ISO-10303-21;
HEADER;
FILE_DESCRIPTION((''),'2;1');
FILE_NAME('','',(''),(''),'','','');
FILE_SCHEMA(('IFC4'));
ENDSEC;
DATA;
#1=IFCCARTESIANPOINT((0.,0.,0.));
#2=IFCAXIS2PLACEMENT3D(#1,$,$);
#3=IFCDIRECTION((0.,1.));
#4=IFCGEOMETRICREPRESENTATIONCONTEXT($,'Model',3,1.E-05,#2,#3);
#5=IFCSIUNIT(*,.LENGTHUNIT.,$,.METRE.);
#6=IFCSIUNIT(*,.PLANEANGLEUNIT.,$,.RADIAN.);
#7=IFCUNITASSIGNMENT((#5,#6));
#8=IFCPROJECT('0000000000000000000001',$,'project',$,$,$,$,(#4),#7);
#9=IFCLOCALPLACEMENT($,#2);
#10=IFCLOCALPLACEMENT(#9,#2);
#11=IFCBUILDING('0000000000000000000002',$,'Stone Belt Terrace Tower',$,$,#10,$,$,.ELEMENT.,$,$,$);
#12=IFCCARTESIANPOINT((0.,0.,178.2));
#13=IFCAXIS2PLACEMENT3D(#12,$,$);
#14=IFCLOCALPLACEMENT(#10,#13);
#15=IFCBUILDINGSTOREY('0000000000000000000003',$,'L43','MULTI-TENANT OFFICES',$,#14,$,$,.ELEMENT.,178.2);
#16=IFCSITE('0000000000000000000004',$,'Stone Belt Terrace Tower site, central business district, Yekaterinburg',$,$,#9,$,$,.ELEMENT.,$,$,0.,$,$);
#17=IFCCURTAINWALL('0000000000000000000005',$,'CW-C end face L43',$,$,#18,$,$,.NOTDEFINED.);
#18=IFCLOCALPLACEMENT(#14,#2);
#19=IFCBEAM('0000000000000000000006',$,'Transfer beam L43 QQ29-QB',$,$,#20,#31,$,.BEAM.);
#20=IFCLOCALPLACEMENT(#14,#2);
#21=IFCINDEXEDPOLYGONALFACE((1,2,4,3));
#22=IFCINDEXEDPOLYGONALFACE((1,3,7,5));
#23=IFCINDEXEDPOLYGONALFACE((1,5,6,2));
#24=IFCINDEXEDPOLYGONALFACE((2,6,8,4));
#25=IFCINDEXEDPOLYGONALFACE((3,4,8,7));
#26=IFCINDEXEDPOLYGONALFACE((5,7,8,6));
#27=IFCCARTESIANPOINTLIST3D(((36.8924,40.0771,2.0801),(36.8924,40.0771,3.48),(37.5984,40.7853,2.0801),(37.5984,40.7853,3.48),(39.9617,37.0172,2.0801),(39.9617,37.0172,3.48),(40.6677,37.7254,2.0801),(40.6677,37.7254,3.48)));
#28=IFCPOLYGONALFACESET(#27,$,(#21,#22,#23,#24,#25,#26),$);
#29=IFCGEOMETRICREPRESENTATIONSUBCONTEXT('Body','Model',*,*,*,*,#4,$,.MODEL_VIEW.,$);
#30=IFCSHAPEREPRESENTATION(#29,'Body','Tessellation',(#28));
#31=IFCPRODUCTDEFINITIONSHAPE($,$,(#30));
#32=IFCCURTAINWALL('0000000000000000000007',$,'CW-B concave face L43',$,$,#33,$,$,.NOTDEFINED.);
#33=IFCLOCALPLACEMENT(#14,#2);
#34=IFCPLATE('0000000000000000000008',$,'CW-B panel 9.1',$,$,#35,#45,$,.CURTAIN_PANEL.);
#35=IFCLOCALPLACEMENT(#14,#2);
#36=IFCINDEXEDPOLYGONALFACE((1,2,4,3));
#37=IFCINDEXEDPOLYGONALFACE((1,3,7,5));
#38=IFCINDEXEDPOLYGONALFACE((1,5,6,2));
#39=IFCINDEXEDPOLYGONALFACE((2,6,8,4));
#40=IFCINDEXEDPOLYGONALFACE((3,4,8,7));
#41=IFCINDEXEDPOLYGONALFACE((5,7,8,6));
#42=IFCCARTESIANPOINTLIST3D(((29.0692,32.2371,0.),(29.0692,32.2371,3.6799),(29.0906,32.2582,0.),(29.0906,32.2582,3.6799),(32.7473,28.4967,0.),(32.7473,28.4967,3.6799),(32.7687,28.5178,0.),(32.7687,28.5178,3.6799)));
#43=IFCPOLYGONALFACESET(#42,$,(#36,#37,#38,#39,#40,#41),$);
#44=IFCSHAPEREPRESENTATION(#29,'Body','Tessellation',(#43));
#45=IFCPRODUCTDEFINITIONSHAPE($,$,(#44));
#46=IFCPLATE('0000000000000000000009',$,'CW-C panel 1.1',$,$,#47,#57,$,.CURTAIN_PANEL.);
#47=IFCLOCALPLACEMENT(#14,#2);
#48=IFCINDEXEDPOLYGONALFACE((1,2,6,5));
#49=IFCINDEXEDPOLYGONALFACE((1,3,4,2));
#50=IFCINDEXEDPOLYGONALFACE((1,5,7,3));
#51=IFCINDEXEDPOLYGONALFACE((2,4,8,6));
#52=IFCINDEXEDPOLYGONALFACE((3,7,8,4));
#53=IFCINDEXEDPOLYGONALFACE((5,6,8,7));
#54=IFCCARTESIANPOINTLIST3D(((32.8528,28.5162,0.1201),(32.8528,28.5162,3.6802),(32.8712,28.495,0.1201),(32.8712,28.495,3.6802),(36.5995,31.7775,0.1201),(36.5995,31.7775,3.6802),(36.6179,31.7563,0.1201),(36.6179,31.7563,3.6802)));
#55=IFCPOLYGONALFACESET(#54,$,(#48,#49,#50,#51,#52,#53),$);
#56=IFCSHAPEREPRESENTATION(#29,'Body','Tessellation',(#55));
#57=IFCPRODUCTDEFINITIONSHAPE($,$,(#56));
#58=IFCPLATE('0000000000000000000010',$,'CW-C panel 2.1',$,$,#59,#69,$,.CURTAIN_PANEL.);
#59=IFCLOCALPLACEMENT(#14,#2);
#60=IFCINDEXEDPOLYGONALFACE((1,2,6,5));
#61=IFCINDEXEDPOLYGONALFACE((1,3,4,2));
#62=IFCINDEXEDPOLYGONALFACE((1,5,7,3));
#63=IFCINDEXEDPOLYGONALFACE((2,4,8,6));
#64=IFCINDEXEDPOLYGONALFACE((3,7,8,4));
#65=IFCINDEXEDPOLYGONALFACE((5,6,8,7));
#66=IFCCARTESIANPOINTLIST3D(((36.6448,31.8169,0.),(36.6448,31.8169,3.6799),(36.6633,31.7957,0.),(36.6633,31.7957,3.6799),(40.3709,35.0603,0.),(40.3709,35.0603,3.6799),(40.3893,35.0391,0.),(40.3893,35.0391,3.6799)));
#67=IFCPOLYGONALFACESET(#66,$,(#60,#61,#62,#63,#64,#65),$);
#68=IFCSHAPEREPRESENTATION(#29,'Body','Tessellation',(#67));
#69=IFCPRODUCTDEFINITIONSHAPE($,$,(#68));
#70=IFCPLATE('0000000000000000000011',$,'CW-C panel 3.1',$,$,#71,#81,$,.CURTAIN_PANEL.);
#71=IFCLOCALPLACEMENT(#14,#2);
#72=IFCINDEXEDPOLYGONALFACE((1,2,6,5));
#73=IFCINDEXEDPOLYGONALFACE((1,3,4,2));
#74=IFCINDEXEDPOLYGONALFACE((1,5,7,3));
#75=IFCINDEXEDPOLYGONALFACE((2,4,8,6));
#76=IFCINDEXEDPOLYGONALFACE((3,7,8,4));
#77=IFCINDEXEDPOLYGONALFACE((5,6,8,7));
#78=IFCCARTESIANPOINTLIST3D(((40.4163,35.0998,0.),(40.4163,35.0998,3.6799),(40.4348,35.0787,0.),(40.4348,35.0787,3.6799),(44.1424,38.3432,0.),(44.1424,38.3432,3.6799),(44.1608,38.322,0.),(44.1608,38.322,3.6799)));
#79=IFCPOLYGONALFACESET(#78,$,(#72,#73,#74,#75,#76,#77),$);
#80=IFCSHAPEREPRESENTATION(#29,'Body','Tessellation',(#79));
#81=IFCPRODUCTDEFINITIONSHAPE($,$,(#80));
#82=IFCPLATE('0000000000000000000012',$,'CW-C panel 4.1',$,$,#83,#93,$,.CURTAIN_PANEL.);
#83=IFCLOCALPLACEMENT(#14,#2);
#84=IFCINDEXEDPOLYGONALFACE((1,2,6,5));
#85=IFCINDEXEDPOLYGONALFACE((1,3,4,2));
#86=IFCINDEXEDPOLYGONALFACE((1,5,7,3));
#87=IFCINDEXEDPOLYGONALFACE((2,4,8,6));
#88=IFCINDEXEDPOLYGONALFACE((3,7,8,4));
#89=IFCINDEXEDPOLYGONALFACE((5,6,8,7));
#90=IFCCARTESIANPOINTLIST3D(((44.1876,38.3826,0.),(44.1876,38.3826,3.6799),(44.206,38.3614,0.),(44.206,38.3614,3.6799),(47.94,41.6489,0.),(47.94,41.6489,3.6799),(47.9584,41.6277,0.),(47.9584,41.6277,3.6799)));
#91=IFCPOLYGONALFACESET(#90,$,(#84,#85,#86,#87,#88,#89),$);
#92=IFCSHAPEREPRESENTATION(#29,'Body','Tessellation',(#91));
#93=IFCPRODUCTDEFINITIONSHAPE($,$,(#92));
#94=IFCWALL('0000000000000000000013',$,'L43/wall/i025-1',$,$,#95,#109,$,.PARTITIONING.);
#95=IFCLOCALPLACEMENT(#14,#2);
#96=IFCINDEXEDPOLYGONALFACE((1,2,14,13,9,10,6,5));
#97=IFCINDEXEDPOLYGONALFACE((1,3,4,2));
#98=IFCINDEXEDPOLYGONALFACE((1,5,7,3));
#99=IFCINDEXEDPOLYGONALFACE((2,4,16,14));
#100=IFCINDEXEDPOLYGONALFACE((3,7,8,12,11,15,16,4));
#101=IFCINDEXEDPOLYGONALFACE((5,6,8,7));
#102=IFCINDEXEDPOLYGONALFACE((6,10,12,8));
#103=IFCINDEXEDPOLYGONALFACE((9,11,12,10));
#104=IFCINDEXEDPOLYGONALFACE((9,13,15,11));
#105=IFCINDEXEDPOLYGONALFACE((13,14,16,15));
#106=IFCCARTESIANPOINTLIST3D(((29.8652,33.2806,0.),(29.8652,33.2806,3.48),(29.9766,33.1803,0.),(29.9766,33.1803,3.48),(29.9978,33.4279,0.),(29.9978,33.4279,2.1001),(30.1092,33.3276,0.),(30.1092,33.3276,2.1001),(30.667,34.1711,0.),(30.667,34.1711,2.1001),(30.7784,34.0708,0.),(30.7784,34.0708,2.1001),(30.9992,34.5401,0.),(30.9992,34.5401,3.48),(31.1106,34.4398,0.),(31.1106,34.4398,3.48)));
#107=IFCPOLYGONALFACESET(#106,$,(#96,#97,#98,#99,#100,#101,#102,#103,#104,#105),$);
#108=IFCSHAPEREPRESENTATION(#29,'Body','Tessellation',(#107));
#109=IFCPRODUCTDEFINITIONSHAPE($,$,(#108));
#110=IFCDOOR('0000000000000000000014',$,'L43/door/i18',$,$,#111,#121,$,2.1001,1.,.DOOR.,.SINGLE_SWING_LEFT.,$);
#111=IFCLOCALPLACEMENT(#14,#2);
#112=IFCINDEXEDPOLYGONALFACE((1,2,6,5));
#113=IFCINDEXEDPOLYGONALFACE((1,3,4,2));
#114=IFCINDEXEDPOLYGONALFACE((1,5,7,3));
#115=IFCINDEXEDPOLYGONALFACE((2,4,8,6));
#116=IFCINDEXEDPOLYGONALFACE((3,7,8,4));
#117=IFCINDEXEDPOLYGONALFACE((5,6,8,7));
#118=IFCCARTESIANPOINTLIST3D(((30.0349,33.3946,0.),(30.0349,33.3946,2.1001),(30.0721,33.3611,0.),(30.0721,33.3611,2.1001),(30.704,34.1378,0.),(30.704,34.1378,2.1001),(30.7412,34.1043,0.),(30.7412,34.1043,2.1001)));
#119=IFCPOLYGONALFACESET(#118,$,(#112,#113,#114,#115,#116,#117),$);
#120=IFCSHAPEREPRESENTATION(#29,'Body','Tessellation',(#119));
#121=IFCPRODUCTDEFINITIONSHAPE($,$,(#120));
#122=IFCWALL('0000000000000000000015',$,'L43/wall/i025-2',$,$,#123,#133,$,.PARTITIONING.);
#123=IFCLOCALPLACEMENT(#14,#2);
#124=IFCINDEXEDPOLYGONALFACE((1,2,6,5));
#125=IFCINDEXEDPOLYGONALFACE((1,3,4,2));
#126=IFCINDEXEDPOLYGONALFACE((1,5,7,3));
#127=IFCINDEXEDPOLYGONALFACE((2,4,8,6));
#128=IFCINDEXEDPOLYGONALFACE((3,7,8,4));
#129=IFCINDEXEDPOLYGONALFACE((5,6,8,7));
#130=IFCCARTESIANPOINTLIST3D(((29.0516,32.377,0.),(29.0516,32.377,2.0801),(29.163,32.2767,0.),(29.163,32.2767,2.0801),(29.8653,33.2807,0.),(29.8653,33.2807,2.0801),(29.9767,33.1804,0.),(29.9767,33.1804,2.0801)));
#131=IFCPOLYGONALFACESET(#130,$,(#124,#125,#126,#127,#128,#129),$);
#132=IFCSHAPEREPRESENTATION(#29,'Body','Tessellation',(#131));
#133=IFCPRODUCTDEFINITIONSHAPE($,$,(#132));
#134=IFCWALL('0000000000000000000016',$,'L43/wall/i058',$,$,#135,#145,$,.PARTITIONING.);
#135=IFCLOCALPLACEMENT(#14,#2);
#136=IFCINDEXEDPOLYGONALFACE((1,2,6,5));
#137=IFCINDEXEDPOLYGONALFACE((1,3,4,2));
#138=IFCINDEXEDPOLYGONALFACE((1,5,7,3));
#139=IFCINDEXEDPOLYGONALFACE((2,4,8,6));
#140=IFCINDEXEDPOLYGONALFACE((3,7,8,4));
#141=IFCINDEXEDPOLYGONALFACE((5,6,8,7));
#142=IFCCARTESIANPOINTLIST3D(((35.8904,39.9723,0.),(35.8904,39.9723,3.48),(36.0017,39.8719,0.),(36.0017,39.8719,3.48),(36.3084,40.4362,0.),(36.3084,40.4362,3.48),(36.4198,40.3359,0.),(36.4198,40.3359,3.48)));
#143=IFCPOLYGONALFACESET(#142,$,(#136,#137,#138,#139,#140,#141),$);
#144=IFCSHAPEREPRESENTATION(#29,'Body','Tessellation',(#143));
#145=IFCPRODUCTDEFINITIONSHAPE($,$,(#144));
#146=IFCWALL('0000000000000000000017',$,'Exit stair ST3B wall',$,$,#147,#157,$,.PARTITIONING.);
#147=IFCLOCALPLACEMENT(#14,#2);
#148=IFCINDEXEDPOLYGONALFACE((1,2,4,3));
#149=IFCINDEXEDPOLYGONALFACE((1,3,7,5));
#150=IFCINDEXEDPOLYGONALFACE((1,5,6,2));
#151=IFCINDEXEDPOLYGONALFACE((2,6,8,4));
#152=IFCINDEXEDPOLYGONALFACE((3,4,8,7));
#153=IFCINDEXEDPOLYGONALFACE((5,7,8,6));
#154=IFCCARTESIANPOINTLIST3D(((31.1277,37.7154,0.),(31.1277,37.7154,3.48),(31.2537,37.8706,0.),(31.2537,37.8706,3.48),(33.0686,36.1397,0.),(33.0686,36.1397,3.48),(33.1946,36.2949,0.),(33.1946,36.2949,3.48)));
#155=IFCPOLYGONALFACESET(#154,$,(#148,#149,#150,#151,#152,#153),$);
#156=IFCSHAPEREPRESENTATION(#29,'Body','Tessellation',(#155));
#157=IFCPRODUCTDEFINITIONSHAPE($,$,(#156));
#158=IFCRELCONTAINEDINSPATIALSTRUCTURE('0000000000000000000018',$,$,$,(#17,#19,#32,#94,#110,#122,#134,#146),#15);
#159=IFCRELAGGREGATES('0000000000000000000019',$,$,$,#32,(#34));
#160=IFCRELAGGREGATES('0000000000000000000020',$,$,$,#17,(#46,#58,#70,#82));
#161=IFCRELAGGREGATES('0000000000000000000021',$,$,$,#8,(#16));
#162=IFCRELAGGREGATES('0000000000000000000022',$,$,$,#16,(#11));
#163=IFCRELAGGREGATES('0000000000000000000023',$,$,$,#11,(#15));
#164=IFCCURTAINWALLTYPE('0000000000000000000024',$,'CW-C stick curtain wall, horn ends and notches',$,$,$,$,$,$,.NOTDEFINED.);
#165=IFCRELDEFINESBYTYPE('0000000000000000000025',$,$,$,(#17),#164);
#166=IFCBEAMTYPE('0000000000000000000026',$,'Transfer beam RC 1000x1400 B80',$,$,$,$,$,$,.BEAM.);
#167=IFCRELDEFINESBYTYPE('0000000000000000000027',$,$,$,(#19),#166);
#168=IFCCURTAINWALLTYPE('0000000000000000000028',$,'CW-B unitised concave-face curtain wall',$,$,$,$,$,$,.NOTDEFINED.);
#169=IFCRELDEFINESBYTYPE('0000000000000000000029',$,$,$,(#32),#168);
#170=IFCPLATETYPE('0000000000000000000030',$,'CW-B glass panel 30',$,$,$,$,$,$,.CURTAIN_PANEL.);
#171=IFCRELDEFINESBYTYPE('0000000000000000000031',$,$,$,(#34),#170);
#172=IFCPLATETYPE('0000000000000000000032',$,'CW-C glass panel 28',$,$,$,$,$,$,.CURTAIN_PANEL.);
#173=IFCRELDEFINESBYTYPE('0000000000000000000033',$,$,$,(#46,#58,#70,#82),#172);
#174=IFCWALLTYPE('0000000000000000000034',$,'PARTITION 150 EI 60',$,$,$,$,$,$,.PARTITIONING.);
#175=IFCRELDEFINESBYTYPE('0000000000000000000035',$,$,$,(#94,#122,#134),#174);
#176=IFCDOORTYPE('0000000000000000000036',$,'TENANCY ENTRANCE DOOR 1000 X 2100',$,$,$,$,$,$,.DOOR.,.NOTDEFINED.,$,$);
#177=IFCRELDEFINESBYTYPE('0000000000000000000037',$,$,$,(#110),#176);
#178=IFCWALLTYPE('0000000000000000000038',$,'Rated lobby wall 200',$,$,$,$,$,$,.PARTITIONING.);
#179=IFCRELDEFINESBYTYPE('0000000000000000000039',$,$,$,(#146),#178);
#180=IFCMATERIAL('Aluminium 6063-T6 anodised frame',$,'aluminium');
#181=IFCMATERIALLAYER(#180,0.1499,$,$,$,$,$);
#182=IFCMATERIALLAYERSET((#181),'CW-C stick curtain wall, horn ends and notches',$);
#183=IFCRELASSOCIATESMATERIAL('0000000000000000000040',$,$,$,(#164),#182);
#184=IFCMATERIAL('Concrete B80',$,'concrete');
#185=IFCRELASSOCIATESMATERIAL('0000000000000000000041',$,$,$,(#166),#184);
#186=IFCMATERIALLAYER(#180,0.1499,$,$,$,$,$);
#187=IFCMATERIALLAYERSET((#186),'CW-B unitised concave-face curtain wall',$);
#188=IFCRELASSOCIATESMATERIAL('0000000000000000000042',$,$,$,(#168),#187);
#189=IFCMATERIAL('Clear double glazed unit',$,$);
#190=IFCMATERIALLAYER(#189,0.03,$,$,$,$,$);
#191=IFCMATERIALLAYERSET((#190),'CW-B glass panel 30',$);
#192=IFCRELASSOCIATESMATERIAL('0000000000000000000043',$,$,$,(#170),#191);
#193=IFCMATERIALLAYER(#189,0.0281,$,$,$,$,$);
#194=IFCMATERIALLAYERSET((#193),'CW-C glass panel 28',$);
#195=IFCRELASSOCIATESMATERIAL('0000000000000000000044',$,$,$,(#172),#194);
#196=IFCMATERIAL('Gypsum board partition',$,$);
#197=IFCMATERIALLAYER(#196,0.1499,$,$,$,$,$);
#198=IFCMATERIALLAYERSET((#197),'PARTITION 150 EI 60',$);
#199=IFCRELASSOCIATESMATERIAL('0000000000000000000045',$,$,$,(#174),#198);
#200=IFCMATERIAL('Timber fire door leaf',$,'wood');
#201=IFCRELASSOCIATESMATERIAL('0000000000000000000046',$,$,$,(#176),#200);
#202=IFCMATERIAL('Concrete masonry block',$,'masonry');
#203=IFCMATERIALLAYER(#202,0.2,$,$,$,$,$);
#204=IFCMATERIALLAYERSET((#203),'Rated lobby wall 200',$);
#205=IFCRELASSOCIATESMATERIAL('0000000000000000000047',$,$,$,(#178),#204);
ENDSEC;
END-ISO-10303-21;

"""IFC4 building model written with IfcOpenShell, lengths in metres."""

from ifc_helpers import new_model, si_unit, direction, frame, frame_2d, origin, origin_2d, place, context, subcontext, project, spatial, rectangle, extrude, material, layer, layer_set, material_profile, profile_set, type_object, element, fill, aggregate, save


model = new_model("IFC4")

# Units and contexts
model_context = context("Model", 3, precision=1e-05, world=origin(), true_north=direction((0.0, 1.0)))
body_context = subcontext(model_context, "Body", "Model", "MODEL_VIEW")
ifc_project = project(units=[si_unit("LENGTHUNIT", "METRE"), si_unit("PLANEANGLEUNIT", "RADIAN")], contexts=[model_context])

# Site, building, storey
site_placement = place(None, origin())
site = spatial("IfcSite", under=ifc_project, at=site_placement, Name="Stone Belt Terrace Tower site, central business district, Yekaterinburg", CompositionType="ELEMENT", RefElevation=0.0)
building_placement = place(site_placement, origin())
building = spatial("IfcBuilding", under=site, at=building_placement, Name="Stone Belt Terrace Tower", CompositionType="ELEMENT")
storey_placement = place(building_placement, frame((0.0, 0.0, 178.2)))
storey = spatial("IfcBuildingStorey", under=building, at=storey_placement, Name="L43", Description="MULTI-TENANT OFFICES", CompositionType="ELEMENT", Elevation=178.2)

# Shared definitions
ifc_material_1 = material(Name="Concrete B80", Category="concrete")

# Curtain wall
ifc_material_2 = material(Name="Aluminium 6063-T6 anodised frame", Category="aluminium")
ifc_layer_1 = layer(ifc_material_2, 0.1499)
ifc_layer_set_1 = layer_set([ifc_layer_1], Name="CW-C stick curtain wall, horn ends and notches")
curtain_wall_type_1 = type_object("IfcCurtainWallType", Name="CW-C stick curtain wall, horn ends and notches", PredefinedType="NOTDEFINED", material=ifc_layer_set_1)
curtain_wall_1_placement = place(storey_placement, origin())
curtain_wall_1 = element("IfcCurtainWall", 1, at=curtain_wall_1_placement, inside=storey, type_object=curtain_wall_type_1, Name="CW-C end face L43", PredefinedType="NOTDEFINED")

# Beam
ifc_material_profile_1 = material_profile(ifc_material_1, rectangle(XDim=1.0, YDim=1.3999, at=origin_2d()), Name="RC 1000x1400")
ifc_profile_set_1 = profile_set([ifc_material_profile_1], Name="Concrete B80")
beam_type_1 = type_object("IfcBeamType", Name="Transfer beam RC 1000x1400 B80", PredefinedType="BEAM", material=ifc_profile_set_1)
beam_1_placement = place(storey_placement, frame((37.2454, 40.4312, 2.78), z_axis=(0.708204, -0.706007, 0.0), x_axis=(0.706007, 0.708204, 0.0)))
element("IfcBeam", 2, at=beam_1_placement, inside=storey, type_object=beam_type_1, Name="Transfer beam L43 QQ29-QB", PredefinedType="BEAM", context=body_context, shape_type="SweptSolid", body=[
    extrude(rectangle(XDim=1.0, YDim=1.3999, at=origin_2d()), origin(), (0.0, 0.0, 1.0), 4.334),
])

# Curtain wall, plate
ifc_layer_2 = layer(ifc_material_2, 0.1499)
ifc_layer_set_2 = layer_set([ifc_layer_2], Name="CW-B unitised concave-face curtain wall")
curtain_wall_type_2 = type_object("IfcCurtainWallType", Name="CW-B unitised concave-face curtain wall", PredefinedType="NOTDEFINED", material=ifc_layer_set_2)
curtain_wall_2_placement = place(storey_placement, origin())
curtain_wall_2 = element("IfcCurtainWall", 3, at=curtain_wall_2_placement, inside=storey, type_object=curtain_wall_type_2, Name="CW-B concave face L43", PredefinedType="NOTDEFINED")
ifc_material_3 = material(Name="Clear double glazed unit")
ifc_layer_3 = layer(ifc_material_3, 0.03)
ifc_layer_set_3 = layer_set([ifc_layer_3], Name="CW-B glass panel 30")
plate_type_1 = type_object("IfcPlateType", Name="CW-B glass panel 30", PredefinedType="CURTAIN_PANEL", material=ifc_layer_set_3)
plate_1_placement = place(storey_placement, frame((30.9189, 30.3774, 0.0), z_axis=(0.0, 0.0, 1.0), x_axis=(0.701147, -0.713017, 0.0)))
plate_1 = element("IfcPlate", 4, at=plate_1_placement, type_object=plate_type_1, Name="CW-B panel 9.1", PredefinedType="CURTAIN_PANEL", context=body_context, shape_type="SweptSolid", body=[
    extrude(rectangle(XDim=5.2458, YDim=0.03, at=origin_2d()), origin(), (0.0, 0.0, 1.0), 3.6799),
])
aggregate(curtain_wall_2, [plate_1])

# Plates
ifc_layer_4 = layer(ifc_material_3, 0.0281)
ifc_layer_set_4 = layer_set([ifc_layer_4], Name="CW-C glass panel 28")
plate_type_2 = type_object("IfcPlateType", Name="CW-C glass panel 28", PredefinedType="CURTAIN_PANEL", material=ifc_layer_set_4)
plate_2_placement = place(storey_placement, frame((34.7354, 30.1362, 0.1201), z_axis=(0.0, 0.0, 1.0), x_axis=(0.754273, 0.656561, 0.0)))
plate_2 = element("IfcPlate", 5, at=plate_2_placement, type_object=plate_type_2, Name="CW-C panel 1.1", PredefinedType="CURTAIN_PANEL", context=body_context, shape_type="SweptSolid", body=[
    extrude(rectangle(XDim=4.9673, YDim=0.0281, at=origin_2d()), origin(), (0.0, 0.0, 1.0), 3.5601),
])
plate_3_placement = place(storey_placement, frame((38.5171, 33.428, 0.0), z_axis=(0.0, 0.0, 1.0), x_axis=(0.754273, 0.656561, 0.0)))
plate_3 = element("IfcPlate", 6, at=plate_3_placement, type_object=plate_type_2, Name="CW-C panel 2.1", PredefinedType="CURTAIN_PANEL", context=body_context, shape_type="SweptSolid", body=[
    extrude(rectangle(XDim=4.9399, YDim=0.0281, at=origin_2d()), origin(), (0.0, 0.0, 1.0), 3.6799),
])
plate_4_placement = place(storey_placement, frame((42.2886, 36.7109, 0.0), z_axis=(0.0, 0.0, 1.0), x_axis=(0.754273, 0.656561, 0.0)))
plate_4 = element("IfcPlate", 7, at=plate_4_placement, type_object=plate_type_2, Name="CW-C panel 3.1", PredefinedType="CURTAIN_PANEL", context=body_context, shape_type="SweptSolid", body=[
    extrude(rectangle(XDim=4.9399, YDim=0.0281, at=origin_2d()), origin(), (0.0, 0.0, 1.0), 3.6799),
])
plate_5_placement = place(storey_placement, frame((46.073, 40.0051, 0.0), z_axis=(0.0, 0.0, 1.0), x_axis=(0.754273, 0.656561, 0.0)))
plate_5 = element("IfcPlate", 8, at=plate_5_placement, type_object=plate_type_2, Name="CW-C panel 4.1", PredefinedType="CURTAIN_PANEL", context=body_context, shape_type="SweptSolid", body=[
    extrude(rectangle(XDim=4.9749, YDim=0.0281, at=origin_2d()), origin(), (0.0, 0.0, 1.0), 3.6799),
])
aggregate(curtain_wall_1, [plate_2, plate_3, plate_4, plate_5])

# Wall, opening, door
ifc_material_4 = material(Name="Gypsum board partition")
ifc_layer_5 = layer(ifc_material_4, 0.1499)
ifc_layer_set_5 = layer_set([ifc_layer_5], Name="PARTITION 150 EI 60")
wall_type_1 = type_object("IfcWallType", Name="PARTITION 150 EI 60", PredefinedType="PARTITIONING", material=ifc_layer_set_5)
wall_1_placement = place(storey_placement, frame((31.0549, 34.49, 0.0), z_axis=(0.0, 0.0, 1.0), x_axis=(-0.669116, -0.743158, 0.0)))
wall_1 = element("IfcWall", 9, at=wall_1_placement, inside=storey, type_object=wall_type_1, Name="L43/wall/i025-1", PredefinedType="PARTITIONING", context=body_context, shape_type="SweptSolid", body=[
    extrude(rectangle(XDim=1.6948, YDim=0.1499, at=frame_2d((0.8474, 0.0))), origin(), (0.0, 0.0, 1.0), 3.48),
])
opening_1_placement = place(wall_1_placement, frame((0.4966, 0.0, 0.0)))
opening_1 = element("IfcOpeningElement", 10, at=opening_1_placement, cuts=wall_1, PredefinedType="OPENING", context=body_context, shape_type="SweptSolid", body=[
    extrude(rectangle(XDim=1.0, YDim=2.1001, at=frame_2d((0.5, 1.05))), frame((0.0, 0.085, 0.0), z_axis=(0.0, -1.0, 0.0), x_axis=(1.0, 0.0, 0.0)), (0.0, 0.0, 1.0), 0.1699),
])
ifc_material_5 = material(Name="Timber fire door leaf", Category="wood")
door_type_1 = type_object("IfcDoorType", Name="TENANCY ENTRANCE DOOR 1000 X 2100", OperationType="NOTDEFINED", PredefinedType="DOOR", material=ifc_material_5)
door_1_placement = place(opening_1_placement, origin())
door_1 = element("IfcDoor", 11, at=door_1_placement, inside=storey, type_object=door_type_1, Name="L43/door/i18", OperationType="SINGLE_SWING_LEFT", OverallHeight=2.1001, OverallWidth=1.0, PredefinedType="DOOR", context=body_context, shape_type="SweptSolid", body=[
    extrude(rectangle(XDim=1.0, YDim=2.1001, at=frame_2d((0.5, 1.05))), frame((0.0, 0.0249, 0.0), z_axis=(0.0, -1.0, 0.0), x_axis=(1.0, 0.0, 0.0)), (0.0, 0.0, 1.0), 0.05),
])
fill(opening_1, door_1)

# Walls
wall_2_placement = place(storey_placement, frame((29.9209, 33.2305, 0.0), z_axis=(0.0, 0.0, 1.0), x_axis=(-0.669098, -0.743174, 0.0)))
element("IfcWall", 12, at=wall_2_placement, inside=storey, type_object=wall_type_1, Name="L43/wall/i025-2", PredefinedType="PARTITIONING", context=body_context, shape_type="SweptSolid", body=[
    extrude(rectangle(XDim=1.2161, YDim=0.1499, at=frame_2d((0.6079, 0.0))), origin(), (0.0, 0.0, 1.0), 2.0801),
])
wall_3_placement = place(storey_placement, frame((35.946, 39.9221, 0.0), z_axis=(0.0, 0.0, 1.0), x_axis=(0.669397, 0.742905, 0.0)))
element("IfcWall", 13, at=wall_3_placement, inside=storey, type_object=wall_type_1, Name="L43/wall/i058", PredefinedType="PARTITIONING", context=body_context, shape_type="SweptSolid", body=[
    extrude(rectangle(XDim=0.6245, YDim=0.1499, at=frame_2d((0.3123, 0.0))), origin(), (0.0, 0.0, 1.0), 3.48),
])
ifc_material_6 = material(Name="Concrete masonry block", Category="masonry")
ifc_layer_6 = layer(ifc_material_6, 0.2)
ifc_layer_set_6 = layer_set([ifc_layer_6], Name="Rated lobby wall 200")
wall_type_2 = type_object("IfcWallType", Name="Rated lobby wall 200", PredefinedType="PARTITIONING", material=ifc_layer_set_6)
wall_4_placement = place(storey_placement, frame((31.1907, 37.793, 0.0), z_axis=(0.0, 0.0, 1.0), x_axis=(0.776371, -0.630276, 0.0)))
element("IfcWall", 14, at=wall_4_placement, inside=storey, type_object=wall_type_2, Name="Exit stair ST3B wall", PredefinedType="PARTITIONING", context=body_context, shape_type="SweptSolid", body=[
    extrude(rectangle(XDim=2.5, YDim=0.2, at=frame_2d((1.25, 0.0))), origin(), (0.0, 0.0, 1.0), 3.48),
])

save(model, "model.ifc")
